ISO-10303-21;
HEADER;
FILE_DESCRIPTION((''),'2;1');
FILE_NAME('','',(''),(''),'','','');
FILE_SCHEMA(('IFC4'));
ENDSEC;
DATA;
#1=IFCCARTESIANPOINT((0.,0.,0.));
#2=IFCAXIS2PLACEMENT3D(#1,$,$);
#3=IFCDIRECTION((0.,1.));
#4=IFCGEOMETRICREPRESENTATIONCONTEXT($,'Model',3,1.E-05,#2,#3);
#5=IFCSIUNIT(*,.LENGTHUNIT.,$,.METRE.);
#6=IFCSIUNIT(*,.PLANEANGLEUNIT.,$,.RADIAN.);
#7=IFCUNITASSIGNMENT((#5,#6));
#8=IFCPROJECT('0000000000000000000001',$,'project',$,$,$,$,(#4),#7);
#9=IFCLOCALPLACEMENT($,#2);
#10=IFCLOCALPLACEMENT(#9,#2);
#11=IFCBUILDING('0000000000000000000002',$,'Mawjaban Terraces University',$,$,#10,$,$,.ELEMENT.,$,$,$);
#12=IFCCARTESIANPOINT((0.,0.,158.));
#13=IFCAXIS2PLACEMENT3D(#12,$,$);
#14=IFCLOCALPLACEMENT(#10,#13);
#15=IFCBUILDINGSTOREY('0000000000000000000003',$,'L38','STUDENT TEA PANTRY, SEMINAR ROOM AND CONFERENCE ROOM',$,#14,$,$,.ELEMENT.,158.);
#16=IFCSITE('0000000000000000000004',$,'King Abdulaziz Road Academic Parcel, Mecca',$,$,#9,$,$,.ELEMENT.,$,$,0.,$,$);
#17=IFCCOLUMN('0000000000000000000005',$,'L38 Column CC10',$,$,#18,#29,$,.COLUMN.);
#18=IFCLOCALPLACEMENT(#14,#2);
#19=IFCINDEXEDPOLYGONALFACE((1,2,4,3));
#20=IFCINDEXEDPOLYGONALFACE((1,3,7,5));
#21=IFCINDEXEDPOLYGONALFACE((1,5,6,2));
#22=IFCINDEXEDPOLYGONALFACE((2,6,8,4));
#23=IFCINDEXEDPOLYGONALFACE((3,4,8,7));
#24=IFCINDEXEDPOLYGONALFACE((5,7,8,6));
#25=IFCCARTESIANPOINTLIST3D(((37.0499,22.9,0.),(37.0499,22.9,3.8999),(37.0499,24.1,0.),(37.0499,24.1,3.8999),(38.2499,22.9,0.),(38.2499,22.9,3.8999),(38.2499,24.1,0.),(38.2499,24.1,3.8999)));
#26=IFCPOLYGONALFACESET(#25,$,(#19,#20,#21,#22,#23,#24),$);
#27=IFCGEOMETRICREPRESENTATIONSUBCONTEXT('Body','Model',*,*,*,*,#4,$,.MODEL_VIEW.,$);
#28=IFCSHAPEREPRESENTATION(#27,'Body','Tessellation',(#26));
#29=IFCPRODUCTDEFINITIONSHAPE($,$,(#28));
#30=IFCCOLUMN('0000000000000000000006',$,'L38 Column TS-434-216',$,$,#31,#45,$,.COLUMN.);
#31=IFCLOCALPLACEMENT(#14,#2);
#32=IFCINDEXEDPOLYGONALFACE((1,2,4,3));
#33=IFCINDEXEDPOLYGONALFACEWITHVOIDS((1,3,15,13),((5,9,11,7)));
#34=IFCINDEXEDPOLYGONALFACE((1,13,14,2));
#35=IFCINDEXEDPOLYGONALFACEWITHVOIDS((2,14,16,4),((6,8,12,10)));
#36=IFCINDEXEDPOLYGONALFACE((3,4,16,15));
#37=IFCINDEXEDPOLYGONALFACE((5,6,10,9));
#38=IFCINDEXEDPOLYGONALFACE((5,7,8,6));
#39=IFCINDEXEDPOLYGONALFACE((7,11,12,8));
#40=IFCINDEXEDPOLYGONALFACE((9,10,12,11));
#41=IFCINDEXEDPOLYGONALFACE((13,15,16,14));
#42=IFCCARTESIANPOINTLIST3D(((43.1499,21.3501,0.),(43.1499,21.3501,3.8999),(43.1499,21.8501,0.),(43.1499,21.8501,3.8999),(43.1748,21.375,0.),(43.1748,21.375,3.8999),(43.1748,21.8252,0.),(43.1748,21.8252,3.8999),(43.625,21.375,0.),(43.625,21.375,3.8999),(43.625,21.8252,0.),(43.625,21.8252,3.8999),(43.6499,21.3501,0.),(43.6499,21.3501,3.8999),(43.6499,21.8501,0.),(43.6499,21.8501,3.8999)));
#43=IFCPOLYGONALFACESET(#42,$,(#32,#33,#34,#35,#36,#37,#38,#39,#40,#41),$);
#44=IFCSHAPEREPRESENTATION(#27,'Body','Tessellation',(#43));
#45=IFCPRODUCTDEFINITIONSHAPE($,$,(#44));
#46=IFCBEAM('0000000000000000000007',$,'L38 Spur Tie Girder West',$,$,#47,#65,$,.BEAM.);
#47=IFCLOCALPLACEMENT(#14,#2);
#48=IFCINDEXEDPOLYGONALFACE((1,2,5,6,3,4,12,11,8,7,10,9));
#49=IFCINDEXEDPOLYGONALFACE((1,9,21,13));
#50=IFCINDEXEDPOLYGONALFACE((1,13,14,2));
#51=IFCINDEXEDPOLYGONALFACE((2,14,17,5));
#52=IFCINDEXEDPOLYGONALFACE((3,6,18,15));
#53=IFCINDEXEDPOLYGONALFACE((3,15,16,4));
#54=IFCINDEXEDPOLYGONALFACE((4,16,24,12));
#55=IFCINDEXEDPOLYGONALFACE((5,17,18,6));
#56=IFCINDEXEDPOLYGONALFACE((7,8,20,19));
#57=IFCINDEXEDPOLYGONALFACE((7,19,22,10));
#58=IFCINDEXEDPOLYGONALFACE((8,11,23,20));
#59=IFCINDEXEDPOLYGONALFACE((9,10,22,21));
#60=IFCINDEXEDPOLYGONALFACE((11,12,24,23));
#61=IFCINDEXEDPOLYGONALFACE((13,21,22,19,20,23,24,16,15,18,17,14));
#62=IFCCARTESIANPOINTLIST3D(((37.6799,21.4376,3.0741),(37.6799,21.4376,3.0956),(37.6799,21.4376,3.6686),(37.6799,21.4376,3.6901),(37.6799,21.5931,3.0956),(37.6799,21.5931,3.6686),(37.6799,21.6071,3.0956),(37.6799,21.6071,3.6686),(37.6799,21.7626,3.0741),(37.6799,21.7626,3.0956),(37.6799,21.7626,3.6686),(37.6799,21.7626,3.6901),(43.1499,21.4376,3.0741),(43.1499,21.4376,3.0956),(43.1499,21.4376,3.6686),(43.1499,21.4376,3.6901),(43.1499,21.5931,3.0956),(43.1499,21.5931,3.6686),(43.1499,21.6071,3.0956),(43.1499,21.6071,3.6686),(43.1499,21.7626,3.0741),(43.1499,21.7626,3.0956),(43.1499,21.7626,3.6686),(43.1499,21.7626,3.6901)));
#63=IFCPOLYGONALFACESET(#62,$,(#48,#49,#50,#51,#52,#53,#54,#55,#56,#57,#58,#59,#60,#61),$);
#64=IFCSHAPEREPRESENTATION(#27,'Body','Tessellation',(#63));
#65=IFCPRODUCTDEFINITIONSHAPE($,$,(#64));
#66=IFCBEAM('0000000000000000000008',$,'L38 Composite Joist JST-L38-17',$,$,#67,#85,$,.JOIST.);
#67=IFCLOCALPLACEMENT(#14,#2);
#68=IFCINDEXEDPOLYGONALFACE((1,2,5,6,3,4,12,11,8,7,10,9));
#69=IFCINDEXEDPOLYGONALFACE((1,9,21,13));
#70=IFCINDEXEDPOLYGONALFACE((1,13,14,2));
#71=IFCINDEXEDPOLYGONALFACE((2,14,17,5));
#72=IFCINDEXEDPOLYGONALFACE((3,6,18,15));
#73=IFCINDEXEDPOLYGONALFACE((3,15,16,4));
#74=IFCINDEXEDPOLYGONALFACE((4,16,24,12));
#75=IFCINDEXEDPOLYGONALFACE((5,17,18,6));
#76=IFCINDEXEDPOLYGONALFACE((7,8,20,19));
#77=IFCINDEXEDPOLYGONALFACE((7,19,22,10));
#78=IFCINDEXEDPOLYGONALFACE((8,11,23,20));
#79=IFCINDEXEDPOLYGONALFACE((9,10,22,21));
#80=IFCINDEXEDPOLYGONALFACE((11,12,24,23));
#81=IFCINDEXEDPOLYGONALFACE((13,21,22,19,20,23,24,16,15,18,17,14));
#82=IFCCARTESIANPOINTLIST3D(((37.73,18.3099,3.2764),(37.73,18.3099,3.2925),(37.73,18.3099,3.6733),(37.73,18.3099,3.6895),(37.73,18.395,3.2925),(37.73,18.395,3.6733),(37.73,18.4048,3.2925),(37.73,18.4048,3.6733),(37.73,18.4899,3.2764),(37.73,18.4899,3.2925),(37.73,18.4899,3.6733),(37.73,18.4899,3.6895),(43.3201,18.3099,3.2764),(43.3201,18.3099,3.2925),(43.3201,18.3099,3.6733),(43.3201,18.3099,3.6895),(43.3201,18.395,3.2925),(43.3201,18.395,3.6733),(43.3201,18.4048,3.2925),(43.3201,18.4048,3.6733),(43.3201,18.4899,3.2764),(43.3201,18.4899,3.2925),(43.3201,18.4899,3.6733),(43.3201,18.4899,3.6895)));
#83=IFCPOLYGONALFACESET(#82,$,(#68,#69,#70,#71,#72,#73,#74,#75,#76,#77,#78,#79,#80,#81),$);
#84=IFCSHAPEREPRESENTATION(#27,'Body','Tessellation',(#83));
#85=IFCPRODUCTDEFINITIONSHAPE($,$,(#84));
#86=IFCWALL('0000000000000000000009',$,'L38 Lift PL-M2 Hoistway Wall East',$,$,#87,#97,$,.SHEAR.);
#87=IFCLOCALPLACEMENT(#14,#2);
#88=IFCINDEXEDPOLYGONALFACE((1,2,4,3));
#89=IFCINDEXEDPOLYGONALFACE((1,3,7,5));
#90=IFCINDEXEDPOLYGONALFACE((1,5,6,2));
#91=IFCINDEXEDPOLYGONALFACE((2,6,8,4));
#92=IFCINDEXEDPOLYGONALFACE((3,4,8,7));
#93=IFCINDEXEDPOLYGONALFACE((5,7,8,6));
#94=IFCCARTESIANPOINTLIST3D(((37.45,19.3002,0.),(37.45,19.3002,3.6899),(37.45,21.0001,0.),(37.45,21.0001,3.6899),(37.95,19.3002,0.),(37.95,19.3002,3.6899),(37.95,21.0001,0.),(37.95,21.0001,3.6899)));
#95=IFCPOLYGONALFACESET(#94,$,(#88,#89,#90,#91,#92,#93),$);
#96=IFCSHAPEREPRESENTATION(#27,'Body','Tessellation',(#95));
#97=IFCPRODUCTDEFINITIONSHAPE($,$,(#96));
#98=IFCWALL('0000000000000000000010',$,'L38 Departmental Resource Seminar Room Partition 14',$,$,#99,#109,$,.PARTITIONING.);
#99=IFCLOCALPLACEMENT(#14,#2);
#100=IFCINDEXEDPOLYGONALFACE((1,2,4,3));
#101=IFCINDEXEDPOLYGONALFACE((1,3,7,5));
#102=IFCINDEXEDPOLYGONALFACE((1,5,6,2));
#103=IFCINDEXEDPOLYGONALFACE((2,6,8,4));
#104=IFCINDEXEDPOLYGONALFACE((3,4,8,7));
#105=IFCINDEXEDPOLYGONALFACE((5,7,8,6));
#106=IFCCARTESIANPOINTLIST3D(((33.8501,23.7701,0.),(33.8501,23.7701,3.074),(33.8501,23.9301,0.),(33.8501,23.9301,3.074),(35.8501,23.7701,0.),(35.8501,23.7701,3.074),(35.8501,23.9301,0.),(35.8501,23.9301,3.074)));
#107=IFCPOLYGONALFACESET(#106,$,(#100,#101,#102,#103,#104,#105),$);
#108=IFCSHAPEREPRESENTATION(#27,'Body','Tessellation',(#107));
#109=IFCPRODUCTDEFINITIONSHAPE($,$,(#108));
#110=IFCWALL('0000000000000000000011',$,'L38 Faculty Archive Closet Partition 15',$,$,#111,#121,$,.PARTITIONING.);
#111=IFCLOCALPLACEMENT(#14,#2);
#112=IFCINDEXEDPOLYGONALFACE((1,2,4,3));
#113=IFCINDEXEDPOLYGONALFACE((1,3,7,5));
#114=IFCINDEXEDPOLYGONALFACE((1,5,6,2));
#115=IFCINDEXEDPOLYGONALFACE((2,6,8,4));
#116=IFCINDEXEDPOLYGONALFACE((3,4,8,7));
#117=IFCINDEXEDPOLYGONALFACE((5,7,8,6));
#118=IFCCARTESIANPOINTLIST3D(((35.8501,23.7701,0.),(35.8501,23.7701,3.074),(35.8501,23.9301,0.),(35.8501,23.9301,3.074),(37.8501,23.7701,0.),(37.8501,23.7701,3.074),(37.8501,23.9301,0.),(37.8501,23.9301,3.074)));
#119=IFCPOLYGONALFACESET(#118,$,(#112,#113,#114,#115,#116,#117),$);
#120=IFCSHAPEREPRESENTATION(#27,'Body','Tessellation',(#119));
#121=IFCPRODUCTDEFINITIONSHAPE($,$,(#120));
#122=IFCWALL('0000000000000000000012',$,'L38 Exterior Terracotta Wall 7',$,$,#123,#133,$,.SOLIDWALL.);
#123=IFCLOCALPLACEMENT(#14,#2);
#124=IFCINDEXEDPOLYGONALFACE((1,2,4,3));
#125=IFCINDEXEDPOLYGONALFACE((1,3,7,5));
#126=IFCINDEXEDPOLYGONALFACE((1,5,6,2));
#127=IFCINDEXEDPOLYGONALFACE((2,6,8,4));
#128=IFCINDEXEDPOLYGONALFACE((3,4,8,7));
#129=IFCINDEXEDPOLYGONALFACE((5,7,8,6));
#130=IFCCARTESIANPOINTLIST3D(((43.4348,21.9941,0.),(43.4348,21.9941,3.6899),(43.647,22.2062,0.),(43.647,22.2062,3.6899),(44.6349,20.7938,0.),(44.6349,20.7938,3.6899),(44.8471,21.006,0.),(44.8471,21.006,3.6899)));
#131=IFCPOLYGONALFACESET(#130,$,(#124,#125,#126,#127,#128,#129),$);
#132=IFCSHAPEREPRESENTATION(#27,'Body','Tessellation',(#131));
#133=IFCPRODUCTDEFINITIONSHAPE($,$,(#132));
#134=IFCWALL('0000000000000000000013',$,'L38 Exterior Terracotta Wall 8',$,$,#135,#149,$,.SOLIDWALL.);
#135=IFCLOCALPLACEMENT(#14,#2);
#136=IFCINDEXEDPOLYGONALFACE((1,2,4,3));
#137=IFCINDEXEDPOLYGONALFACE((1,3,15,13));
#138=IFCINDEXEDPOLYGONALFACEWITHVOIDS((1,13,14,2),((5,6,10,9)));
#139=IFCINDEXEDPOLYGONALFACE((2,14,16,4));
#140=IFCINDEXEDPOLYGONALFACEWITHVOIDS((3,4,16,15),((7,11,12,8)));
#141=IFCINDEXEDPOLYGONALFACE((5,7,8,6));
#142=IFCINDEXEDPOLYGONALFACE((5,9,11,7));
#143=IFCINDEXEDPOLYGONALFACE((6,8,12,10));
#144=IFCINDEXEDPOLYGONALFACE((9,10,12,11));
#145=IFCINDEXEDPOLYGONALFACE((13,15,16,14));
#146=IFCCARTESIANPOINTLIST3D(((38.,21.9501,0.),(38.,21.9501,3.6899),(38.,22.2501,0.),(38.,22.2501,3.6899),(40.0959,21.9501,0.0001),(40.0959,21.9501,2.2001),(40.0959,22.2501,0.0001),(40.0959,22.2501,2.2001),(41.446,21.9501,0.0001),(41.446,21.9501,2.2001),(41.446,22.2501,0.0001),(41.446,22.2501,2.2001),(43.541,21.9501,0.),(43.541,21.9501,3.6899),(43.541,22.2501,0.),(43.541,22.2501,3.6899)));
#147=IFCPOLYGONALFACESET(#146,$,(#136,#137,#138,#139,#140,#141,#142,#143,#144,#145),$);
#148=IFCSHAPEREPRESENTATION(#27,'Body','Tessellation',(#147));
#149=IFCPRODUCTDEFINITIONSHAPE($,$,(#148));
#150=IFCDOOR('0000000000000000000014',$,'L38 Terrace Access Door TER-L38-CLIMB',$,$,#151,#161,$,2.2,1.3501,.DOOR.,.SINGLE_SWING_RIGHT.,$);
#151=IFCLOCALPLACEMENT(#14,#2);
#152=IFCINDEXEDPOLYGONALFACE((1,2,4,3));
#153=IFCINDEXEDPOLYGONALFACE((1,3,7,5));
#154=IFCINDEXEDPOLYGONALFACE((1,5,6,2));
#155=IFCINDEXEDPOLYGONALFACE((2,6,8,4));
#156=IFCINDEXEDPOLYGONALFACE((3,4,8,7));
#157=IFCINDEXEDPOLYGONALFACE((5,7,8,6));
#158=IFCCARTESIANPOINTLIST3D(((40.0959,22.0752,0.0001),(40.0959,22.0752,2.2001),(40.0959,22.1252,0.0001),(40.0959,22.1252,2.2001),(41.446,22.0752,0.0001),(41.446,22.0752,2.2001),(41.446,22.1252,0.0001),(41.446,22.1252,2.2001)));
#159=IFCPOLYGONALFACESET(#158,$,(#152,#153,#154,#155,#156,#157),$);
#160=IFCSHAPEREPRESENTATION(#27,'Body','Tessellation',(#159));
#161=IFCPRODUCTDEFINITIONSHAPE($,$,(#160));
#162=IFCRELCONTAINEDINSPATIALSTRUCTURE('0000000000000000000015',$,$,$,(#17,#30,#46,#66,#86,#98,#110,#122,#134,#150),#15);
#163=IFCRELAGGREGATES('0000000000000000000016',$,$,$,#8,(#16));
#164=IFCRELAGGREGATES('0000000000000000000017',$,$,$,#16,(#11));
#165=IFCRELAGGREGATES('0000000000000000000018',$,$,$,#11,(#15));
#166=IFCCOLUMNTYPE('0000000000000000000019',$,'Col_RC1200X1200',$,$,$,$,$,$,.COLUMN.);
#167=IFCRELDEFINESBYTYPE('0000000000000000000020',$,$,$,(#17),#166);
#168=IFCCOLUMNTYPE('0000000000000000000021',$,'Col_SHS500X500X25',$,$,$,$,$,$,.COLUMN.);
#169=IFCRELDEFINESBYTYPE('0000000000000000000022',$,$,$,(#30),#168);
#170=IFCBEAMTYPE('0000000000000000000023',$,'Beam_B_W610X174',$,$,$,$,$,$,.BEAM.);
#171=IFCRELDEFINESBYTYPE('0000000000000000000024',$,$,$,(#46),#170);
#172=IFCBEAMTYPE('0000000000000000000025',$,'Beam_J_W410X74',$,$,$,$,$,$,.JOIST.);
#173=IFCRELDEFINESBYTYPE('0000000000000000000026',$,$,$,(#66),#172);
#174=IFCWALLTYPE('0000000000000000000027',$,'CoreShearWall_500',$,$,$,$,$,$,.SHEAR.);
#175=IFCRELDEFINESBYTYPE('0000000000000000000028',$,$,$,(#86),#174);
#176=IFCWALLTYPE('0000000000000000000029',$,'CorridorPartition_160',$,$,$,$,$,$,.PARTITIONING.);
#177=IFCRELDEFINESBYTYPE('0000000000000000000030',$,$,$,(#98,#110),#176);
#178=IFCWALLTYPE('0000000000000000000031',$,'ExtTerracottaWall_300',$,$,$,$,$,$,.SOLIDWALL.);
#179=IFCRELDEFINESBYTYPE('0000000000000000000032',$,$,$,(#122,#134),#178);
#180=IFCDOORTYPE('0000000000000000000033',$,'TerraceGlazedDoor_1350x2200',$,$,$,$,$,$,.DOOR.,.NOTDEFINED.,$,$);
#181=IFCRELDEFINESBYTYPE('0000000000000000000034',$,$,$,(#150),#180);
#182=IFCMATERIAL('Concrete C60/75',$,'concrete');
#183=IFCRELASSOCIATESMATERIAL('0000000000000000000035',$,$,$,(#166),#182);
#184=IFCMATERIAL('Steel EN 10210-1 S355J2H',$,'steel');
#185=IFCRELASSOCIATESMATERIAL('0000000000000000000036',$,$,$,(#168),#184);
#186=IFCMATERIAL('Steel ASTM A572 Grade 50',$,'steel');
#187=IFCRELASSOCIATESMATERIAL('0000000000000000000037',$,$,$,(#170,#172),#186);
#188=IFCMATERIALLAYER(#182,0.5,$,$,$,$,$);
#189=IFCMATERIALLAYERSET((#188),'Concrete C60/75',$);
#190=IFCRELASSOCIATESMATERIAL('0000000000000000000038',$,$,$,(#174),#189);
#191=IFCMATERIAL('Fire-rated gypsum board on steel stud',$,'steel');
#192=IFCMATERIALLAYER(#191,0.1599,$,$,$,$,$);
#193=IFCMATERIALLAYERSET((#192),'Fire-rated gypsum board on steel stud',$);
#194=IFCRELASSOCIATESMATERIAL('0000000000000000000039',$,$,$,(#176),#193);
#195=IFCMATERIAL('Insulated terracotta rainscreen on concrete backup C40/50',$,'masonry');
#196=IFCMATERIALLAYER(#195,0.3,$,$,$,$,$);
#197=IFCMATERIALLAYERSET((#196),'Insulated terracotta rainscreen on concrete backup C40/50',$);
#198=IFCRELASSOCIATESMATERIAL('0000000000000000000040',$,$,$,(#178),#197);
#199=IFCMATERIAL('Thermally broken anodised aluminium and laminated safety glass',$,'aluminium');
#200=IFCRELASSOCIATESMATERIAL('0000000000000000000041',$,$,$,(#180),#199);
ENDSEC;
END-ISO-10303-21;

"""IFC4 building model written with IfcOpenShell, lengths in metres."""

from ifc_helpers import new_model, si_unit, direction, frame, frame_2d, origin, origin_2d, place, context, subcontext, project, spatial, rectangle, hollow_rectangle, i_section, extrude, material, layer, layer_set, material_profile, profile_set, type_object, element, fill, save


model = new_model("IFC4")

# Units and contexts
model_context = context("Model", 3, precision=1e-05, world=origin(), true_north=direction((0.0, 1.0)))
body_context = subcontext(model_context, "Body", "Model", "MODEL_VIEW")
ifc_project = project(units=[si_unit("LENGTHUNIT", "METRE"), si_unit("PLANEANGLEUNIT", "RADIAN")], contexts=[model_context])

# Site, building, storey
site_placement = place(None, origin())
site = spatial("IfcSite", under=ifc_project, at=site_placement, Name="King Abdulaziz Road Academic Parcel, Mecca", CompositionType="ELEMENT", RefElevation=0.0)
building_placement = place(site_placement, origin())
building = spatial("IfcBuilding", under=site, at=building_placement, Name="Mawjaban Terraces University", CompositionType="ELEMENT")
storey_placement = place(building_placement, frame((0.0, 0.0, 158.0)))
storey = spatial("IfcBuildingStorey", under=building, at=storey_placement, Name="L38", Description="STUDENT TEA PANTRY, SEMINAR ROOM AND CONFERENCE ROOM", CompositionType="ELEMENT", Elevation=158.0)

# Columns
ifc_material_1 = material(Name="Concrete C60/75", Category="concrete")
ifc_material_profile_1 = material_profile(ifc_material_1, rectangle(XDim=1.2, YDim=1.2, at=origin_2d()), Name="RC1200X1200")
ifc_profile_set_1 = profile_set([ifc_material_profile_1], Name="Concrete C60/75")
column_type_1 = type_object("IfcColumnType", Name="Col_RC1200X1200", PredefinedType="COLUMN", material=ifc_profile_set_1)
column_1_placement = place(storey_placement, frame((37.6499, 23.5, 0.0), z_axis=(0.0, 0.0, 1.0), x_axis=(1.0, 0.0, 0.0)))
element("IfcColumn", 1, at=column_1_placement, inside=storey, type_object=column_type_1, Name="L38 Column CC10", PredefinedType="COLUMN", context=body_context, shape_type="SweptSolid", body=[
    extrude(rectangle(XDim=1.2, YDim=1.2, at=origin_2d()), origin(), (0.0, 0.0, 1.0), 3.8999),
])
ifc_material_2 = material(Name="Steel EN 10210-1 S355J2H", Category="steel")
ifc_material_profile_2 = material_profile(ifc_material_2, hollow_rectangle(XDim=0.5, YDim=0.5, WallThickness=0.0249, at=origin_2d()), Name="SHS500X500X25")
ifc_profile_set_2 = profile_set([ifc_material_profile_2], Name="Steel EN 10210-1 S355J2H")
column_type_2 = type_object("IfcColumnType", Name="Col_SHS500X500X25", PredefinedType="COLUMN", material=ifc_profile_set_2)
column_2_placement = place(storey_placement, frame((43.3999, 21.6001, 0.0), z_axis=(0.0, 0.0, 1.0), x_axis=(1.0, 0.0, 0.0)))
element("IfcColumn", 2, at=column_2_placement, inside=storey, type_object=column_type_2, Name="L38 Column TS-434-216", PredefinedType="COLUMN", context=body_context, shape_type="SweptSolid", body=[
    extrude(hollow_rectangle(XDim=0.5, YDim=0.5, WallThickness=0.0249, at=origin_2d()), origin(), (0.0, 0.0, 1.0), 3.8999),
])

# Beams
ifc_material_3 = material(Name="Steel ASTM A572 Grade 50", Category="steel")
ifc_material_profile_3 = material_profile(ifc_material_3, i_section(OverallWidth=0.325, OverallDepth=0.616, WebThickness=0.0139, FlangeThickness=0.0215, at=origin_2d()), Name="W610X174")
ifc_profile_set_3 = profile_set([ifc_material_profile_3], Name="Steel ASTM A572 Grade 50")
beam_type_1 = type_object("IfcBeamType", Name="Beam_B_W610X174", PredefinedType="BEAM", material=ifc_profile_set_3)
beam_1_placement = place(storey_placement, frame((37.6799, 21.6001, 3.3821), z_axis=(1.0, 0.0, 0.0), x_axis=(0.0, 1.0, 0.0)))
element("IfcBeam", 3, at=beam_1_placement, inside=storey, type_object=beam_type_1, Name="L38 Spur Tie Girder West", PredefinedType="BEAM", context=body_context, shape_type="SweptSolid", body=[
    extrude(i_section(OverallWidth=0.325, OverallDepth=0.616, WebThickness=0.0139, FlangeThickness=0.0215, at=origin_2d()), origin(), (0.0, 0.0, 1.0), 5.47),
])
ifc_material_profile_4 = material_profile(ifc_material_3, i_section(OverallWidth=0.1799, OverallDepth=0.4131, WebThickness=0.0098, FlangeThickness=0.0161, at=origin_2d()), Name="W410X74")
ifc_profile_set_4 = profile_set([ifc_material_profile_4], Name="Steel ASTM A572 Grade 50")
beam_type_2 = type_object("IfcBeamType", Name="Beam_J_W410X74", PredefinedType="JOIST", material=ifc_profile_set_4)
beam_2_placement = place(storey_placement, frame((37.73, 18.3999, 3.4829), z_axis=(1.0, 0.0, 0.0), x_axis=(0.0, 1.0, 0.0)))
element("IfcBeam", 4, at=beam_2_placement, inside=storey, type_object=beam_type_2, Name="L38 Composite Joist JST-L38-17", PredefinedType="JOIST", context=body_context, shape_type="SweptSolid", body=[
    extrude(i_section(OverallWidth=0.1799, OverallDepth=0.4131, WebThickness=0.0098, FlangeThickness=0.0161, at=origin_2d()), origin(), (0.0, 0.0, 1.0), 5.5901),
])

# Walls
ifc_layer_1 = layer(ifc_material_1, 0.5)
ifc_layer_set_1 = layer_set([ifc_layer_1], Name="Concrete C60/75")
wall_type_1 = type_object("IfcWallType", Name="CoreShearWall_500", PredefinedType="SHEAR", material=ifc_layer_set_1)
wall_1_placement = place(storey_placement, frame((37.7, 19.3, 0.0), z_axis=(0.0, 0.0, 1.0), x_axis=(0.0, 1.0, 0.0)))
element("IfcWall", 5, at=wall_1_placement, inside=storey, type_object=wall_type_1, Name="L38 Lift PL-M2 Hoistway Wall East", PredefinedType="SHEAR", context=body_context, shape_type="SweptSolid", body=[
    extrude(rectangle(XDim=1.7, YDim=0.5, at=frame_2d((0.8501, 0.0))), origin(), (0.0, 0.0, 1.0), 3.6899),
])
ifc_material_4 = material(Name="Fire-rated gypsum board on steel stud", Category="steel")
ifc_layer_2 = layer(ifc_material_4, 0.1599)
ifc_layer_set_2 = layer_set([ifc_layer_2], Name="Fire-rated gypsum board on steel stud")
wall_type_2 = type_object("IfcWallType", Name="CorridorPartition_160", PredefinedType="PARTITIONING", material=ifc_layer_set_2)
for number, where, z_axis, x_axis, name in (
    (6, (35.8501, 23.8501, 0.0), (0.0, 0.0, 1.0), (-1.0, 0.0, 0.0), "L38 Departmental Resource Seminar Room Partition 14"),
    (7, (37.8501, 23.8501, 0.0), (0.0, 0.0, 1.0), (-1.0, 0.0, 0.0), "L38 Faculty Archive Closet Partition 15"),
):
    element("IfcWall", number, at=place(storey_placement, frame(where, z_axis=z_axis, x_axis=x_axis)), inside=storey, type_object=wall_type_2, Name=name, PredefinedType="PARTITIONING", context=body_context, shape_type="SweptSolid", body=[
        extrude(rectangle(XDim=2.0, YDim=0.1599, at=frame_2d((1.0, 0.0))), origin(), (0.0, 0.0, 1.0), 3.074),
    ])
ifc_material_5 = material(Name="Insulated terracotta rainscreen on concrete backup C40/50", Category="masonry")
ifc_layer_3 = layer(ifc_material_5, 0.3)
ifc_layer_set_3 = layer_set([ifc_layer_3], Name="Insulated terracotta rainscreen on concrete backup C40/50")
wall_type_3 = type_object("IfcWallType", Name="ExtTerracottaWall_300", PredefinedType="SOLIDWALL", material=ifc_layer_set_3)
wall_2_placement = place(storey_placement, frame((44.741, 20.8999, 0.0), z_axis=(0.0, 0.0, 1.0), x_axis=(-0.707035, 0.707179, 0.0)))
element("IfcWall", 8, at=wall_2_placement, inside=storey, type_object=wall_type_3, Name="L38 Exterior Terracotta Wall 7", PredefinedType="SOLIDWALL", context=body_context, shape_type="SweptSolid", body=[
    extrude(rectangle(XDim=1.6973, YDim=0.3, at=frame_2d((0.8486, 0.0))), origin(), (0.0, 0.0, 1.0), 3.6899),
])

# Wall, opening, door
wall_3_placement = place(storey_placement, frame((43.541, 22.1001, 0.0), z_axis=(0.0, 0.0, 1.0), x_axis=(-1.0, 0.0, 0.0)))
wall_3 = element("IfcWall", 9, at=wall_3_placement, inside=storey, type_object=wall_type_3, Name="L38 Exterior Terracotta Wall 8", PredefinedType="SOLIDWALL", context=body_context, shape_type="SweptSolid", body=[
    extrude(rectangle(XDim=5.541, YDim=0.3, at=frame_2d((2.7705, 0.0))), origin(), (0.0, 0.0, 1.0), 3.6899),
])
opening_1_placement = place(wall_3_placement, frame((2.095, 0.0, 0.0)))
opening_1 = element("IfcOpeningElement", 10, at=opening_1_placement, cuts=wall_3, PredefinedType="OPENING", context=body_context, shape_type="SweptSolid", body=[
    extrude(rectangle(XDim=1.3501, YDim=2.2, at=frame_2d((0.675, 1.1001))), frame((0.0, 0.1599, 0.0), z_axis=(0.0, -1.0, 0.0), x_axis=(1.0, 0.0, 0.0)), (0.0, 0.0, 1.0), 0.3201),
])
ifc_material_6 = material(Name="Thermally broken anodised aluminium and laminated safety glass", Category="aluminium")
door_type_1 = type_object("IfcDoorType", Name="TerraceGlazedDoor_1350x2200", OperationType="NOTDEFINED", PredefinedType="DOOR", material=ifc_material_6)
door_1_placement = place(opening_1_placement, origin())
door_1 = element("IfcDoor", 11, at=door_1_placement, inside=storey, type_object=door_type_1, Name="L38 Terrace Access Door TER-L38-CLIMB", OperationType="SINGLE_SWING_RIGHT", OverallHeight=2.2, OverallWidth=1.3501, PredefinedType="DOOR", context=body_context, shape_type="SweptSolid", body=[
    extrude(rectangle(XDim=1.3501, YDim=2.2, at=frame_2d((0.675, 1.1001))), frame((0.0, 0.0249, 0.0), z_axis=(0.0, -1.0, 0.0), x_axis=(1.0, 0.0, 0.0)), (0.0, 0.0, 1.0), 0.05),
])
fill(opening_1, door_1)

save(model, "model.ifc")
